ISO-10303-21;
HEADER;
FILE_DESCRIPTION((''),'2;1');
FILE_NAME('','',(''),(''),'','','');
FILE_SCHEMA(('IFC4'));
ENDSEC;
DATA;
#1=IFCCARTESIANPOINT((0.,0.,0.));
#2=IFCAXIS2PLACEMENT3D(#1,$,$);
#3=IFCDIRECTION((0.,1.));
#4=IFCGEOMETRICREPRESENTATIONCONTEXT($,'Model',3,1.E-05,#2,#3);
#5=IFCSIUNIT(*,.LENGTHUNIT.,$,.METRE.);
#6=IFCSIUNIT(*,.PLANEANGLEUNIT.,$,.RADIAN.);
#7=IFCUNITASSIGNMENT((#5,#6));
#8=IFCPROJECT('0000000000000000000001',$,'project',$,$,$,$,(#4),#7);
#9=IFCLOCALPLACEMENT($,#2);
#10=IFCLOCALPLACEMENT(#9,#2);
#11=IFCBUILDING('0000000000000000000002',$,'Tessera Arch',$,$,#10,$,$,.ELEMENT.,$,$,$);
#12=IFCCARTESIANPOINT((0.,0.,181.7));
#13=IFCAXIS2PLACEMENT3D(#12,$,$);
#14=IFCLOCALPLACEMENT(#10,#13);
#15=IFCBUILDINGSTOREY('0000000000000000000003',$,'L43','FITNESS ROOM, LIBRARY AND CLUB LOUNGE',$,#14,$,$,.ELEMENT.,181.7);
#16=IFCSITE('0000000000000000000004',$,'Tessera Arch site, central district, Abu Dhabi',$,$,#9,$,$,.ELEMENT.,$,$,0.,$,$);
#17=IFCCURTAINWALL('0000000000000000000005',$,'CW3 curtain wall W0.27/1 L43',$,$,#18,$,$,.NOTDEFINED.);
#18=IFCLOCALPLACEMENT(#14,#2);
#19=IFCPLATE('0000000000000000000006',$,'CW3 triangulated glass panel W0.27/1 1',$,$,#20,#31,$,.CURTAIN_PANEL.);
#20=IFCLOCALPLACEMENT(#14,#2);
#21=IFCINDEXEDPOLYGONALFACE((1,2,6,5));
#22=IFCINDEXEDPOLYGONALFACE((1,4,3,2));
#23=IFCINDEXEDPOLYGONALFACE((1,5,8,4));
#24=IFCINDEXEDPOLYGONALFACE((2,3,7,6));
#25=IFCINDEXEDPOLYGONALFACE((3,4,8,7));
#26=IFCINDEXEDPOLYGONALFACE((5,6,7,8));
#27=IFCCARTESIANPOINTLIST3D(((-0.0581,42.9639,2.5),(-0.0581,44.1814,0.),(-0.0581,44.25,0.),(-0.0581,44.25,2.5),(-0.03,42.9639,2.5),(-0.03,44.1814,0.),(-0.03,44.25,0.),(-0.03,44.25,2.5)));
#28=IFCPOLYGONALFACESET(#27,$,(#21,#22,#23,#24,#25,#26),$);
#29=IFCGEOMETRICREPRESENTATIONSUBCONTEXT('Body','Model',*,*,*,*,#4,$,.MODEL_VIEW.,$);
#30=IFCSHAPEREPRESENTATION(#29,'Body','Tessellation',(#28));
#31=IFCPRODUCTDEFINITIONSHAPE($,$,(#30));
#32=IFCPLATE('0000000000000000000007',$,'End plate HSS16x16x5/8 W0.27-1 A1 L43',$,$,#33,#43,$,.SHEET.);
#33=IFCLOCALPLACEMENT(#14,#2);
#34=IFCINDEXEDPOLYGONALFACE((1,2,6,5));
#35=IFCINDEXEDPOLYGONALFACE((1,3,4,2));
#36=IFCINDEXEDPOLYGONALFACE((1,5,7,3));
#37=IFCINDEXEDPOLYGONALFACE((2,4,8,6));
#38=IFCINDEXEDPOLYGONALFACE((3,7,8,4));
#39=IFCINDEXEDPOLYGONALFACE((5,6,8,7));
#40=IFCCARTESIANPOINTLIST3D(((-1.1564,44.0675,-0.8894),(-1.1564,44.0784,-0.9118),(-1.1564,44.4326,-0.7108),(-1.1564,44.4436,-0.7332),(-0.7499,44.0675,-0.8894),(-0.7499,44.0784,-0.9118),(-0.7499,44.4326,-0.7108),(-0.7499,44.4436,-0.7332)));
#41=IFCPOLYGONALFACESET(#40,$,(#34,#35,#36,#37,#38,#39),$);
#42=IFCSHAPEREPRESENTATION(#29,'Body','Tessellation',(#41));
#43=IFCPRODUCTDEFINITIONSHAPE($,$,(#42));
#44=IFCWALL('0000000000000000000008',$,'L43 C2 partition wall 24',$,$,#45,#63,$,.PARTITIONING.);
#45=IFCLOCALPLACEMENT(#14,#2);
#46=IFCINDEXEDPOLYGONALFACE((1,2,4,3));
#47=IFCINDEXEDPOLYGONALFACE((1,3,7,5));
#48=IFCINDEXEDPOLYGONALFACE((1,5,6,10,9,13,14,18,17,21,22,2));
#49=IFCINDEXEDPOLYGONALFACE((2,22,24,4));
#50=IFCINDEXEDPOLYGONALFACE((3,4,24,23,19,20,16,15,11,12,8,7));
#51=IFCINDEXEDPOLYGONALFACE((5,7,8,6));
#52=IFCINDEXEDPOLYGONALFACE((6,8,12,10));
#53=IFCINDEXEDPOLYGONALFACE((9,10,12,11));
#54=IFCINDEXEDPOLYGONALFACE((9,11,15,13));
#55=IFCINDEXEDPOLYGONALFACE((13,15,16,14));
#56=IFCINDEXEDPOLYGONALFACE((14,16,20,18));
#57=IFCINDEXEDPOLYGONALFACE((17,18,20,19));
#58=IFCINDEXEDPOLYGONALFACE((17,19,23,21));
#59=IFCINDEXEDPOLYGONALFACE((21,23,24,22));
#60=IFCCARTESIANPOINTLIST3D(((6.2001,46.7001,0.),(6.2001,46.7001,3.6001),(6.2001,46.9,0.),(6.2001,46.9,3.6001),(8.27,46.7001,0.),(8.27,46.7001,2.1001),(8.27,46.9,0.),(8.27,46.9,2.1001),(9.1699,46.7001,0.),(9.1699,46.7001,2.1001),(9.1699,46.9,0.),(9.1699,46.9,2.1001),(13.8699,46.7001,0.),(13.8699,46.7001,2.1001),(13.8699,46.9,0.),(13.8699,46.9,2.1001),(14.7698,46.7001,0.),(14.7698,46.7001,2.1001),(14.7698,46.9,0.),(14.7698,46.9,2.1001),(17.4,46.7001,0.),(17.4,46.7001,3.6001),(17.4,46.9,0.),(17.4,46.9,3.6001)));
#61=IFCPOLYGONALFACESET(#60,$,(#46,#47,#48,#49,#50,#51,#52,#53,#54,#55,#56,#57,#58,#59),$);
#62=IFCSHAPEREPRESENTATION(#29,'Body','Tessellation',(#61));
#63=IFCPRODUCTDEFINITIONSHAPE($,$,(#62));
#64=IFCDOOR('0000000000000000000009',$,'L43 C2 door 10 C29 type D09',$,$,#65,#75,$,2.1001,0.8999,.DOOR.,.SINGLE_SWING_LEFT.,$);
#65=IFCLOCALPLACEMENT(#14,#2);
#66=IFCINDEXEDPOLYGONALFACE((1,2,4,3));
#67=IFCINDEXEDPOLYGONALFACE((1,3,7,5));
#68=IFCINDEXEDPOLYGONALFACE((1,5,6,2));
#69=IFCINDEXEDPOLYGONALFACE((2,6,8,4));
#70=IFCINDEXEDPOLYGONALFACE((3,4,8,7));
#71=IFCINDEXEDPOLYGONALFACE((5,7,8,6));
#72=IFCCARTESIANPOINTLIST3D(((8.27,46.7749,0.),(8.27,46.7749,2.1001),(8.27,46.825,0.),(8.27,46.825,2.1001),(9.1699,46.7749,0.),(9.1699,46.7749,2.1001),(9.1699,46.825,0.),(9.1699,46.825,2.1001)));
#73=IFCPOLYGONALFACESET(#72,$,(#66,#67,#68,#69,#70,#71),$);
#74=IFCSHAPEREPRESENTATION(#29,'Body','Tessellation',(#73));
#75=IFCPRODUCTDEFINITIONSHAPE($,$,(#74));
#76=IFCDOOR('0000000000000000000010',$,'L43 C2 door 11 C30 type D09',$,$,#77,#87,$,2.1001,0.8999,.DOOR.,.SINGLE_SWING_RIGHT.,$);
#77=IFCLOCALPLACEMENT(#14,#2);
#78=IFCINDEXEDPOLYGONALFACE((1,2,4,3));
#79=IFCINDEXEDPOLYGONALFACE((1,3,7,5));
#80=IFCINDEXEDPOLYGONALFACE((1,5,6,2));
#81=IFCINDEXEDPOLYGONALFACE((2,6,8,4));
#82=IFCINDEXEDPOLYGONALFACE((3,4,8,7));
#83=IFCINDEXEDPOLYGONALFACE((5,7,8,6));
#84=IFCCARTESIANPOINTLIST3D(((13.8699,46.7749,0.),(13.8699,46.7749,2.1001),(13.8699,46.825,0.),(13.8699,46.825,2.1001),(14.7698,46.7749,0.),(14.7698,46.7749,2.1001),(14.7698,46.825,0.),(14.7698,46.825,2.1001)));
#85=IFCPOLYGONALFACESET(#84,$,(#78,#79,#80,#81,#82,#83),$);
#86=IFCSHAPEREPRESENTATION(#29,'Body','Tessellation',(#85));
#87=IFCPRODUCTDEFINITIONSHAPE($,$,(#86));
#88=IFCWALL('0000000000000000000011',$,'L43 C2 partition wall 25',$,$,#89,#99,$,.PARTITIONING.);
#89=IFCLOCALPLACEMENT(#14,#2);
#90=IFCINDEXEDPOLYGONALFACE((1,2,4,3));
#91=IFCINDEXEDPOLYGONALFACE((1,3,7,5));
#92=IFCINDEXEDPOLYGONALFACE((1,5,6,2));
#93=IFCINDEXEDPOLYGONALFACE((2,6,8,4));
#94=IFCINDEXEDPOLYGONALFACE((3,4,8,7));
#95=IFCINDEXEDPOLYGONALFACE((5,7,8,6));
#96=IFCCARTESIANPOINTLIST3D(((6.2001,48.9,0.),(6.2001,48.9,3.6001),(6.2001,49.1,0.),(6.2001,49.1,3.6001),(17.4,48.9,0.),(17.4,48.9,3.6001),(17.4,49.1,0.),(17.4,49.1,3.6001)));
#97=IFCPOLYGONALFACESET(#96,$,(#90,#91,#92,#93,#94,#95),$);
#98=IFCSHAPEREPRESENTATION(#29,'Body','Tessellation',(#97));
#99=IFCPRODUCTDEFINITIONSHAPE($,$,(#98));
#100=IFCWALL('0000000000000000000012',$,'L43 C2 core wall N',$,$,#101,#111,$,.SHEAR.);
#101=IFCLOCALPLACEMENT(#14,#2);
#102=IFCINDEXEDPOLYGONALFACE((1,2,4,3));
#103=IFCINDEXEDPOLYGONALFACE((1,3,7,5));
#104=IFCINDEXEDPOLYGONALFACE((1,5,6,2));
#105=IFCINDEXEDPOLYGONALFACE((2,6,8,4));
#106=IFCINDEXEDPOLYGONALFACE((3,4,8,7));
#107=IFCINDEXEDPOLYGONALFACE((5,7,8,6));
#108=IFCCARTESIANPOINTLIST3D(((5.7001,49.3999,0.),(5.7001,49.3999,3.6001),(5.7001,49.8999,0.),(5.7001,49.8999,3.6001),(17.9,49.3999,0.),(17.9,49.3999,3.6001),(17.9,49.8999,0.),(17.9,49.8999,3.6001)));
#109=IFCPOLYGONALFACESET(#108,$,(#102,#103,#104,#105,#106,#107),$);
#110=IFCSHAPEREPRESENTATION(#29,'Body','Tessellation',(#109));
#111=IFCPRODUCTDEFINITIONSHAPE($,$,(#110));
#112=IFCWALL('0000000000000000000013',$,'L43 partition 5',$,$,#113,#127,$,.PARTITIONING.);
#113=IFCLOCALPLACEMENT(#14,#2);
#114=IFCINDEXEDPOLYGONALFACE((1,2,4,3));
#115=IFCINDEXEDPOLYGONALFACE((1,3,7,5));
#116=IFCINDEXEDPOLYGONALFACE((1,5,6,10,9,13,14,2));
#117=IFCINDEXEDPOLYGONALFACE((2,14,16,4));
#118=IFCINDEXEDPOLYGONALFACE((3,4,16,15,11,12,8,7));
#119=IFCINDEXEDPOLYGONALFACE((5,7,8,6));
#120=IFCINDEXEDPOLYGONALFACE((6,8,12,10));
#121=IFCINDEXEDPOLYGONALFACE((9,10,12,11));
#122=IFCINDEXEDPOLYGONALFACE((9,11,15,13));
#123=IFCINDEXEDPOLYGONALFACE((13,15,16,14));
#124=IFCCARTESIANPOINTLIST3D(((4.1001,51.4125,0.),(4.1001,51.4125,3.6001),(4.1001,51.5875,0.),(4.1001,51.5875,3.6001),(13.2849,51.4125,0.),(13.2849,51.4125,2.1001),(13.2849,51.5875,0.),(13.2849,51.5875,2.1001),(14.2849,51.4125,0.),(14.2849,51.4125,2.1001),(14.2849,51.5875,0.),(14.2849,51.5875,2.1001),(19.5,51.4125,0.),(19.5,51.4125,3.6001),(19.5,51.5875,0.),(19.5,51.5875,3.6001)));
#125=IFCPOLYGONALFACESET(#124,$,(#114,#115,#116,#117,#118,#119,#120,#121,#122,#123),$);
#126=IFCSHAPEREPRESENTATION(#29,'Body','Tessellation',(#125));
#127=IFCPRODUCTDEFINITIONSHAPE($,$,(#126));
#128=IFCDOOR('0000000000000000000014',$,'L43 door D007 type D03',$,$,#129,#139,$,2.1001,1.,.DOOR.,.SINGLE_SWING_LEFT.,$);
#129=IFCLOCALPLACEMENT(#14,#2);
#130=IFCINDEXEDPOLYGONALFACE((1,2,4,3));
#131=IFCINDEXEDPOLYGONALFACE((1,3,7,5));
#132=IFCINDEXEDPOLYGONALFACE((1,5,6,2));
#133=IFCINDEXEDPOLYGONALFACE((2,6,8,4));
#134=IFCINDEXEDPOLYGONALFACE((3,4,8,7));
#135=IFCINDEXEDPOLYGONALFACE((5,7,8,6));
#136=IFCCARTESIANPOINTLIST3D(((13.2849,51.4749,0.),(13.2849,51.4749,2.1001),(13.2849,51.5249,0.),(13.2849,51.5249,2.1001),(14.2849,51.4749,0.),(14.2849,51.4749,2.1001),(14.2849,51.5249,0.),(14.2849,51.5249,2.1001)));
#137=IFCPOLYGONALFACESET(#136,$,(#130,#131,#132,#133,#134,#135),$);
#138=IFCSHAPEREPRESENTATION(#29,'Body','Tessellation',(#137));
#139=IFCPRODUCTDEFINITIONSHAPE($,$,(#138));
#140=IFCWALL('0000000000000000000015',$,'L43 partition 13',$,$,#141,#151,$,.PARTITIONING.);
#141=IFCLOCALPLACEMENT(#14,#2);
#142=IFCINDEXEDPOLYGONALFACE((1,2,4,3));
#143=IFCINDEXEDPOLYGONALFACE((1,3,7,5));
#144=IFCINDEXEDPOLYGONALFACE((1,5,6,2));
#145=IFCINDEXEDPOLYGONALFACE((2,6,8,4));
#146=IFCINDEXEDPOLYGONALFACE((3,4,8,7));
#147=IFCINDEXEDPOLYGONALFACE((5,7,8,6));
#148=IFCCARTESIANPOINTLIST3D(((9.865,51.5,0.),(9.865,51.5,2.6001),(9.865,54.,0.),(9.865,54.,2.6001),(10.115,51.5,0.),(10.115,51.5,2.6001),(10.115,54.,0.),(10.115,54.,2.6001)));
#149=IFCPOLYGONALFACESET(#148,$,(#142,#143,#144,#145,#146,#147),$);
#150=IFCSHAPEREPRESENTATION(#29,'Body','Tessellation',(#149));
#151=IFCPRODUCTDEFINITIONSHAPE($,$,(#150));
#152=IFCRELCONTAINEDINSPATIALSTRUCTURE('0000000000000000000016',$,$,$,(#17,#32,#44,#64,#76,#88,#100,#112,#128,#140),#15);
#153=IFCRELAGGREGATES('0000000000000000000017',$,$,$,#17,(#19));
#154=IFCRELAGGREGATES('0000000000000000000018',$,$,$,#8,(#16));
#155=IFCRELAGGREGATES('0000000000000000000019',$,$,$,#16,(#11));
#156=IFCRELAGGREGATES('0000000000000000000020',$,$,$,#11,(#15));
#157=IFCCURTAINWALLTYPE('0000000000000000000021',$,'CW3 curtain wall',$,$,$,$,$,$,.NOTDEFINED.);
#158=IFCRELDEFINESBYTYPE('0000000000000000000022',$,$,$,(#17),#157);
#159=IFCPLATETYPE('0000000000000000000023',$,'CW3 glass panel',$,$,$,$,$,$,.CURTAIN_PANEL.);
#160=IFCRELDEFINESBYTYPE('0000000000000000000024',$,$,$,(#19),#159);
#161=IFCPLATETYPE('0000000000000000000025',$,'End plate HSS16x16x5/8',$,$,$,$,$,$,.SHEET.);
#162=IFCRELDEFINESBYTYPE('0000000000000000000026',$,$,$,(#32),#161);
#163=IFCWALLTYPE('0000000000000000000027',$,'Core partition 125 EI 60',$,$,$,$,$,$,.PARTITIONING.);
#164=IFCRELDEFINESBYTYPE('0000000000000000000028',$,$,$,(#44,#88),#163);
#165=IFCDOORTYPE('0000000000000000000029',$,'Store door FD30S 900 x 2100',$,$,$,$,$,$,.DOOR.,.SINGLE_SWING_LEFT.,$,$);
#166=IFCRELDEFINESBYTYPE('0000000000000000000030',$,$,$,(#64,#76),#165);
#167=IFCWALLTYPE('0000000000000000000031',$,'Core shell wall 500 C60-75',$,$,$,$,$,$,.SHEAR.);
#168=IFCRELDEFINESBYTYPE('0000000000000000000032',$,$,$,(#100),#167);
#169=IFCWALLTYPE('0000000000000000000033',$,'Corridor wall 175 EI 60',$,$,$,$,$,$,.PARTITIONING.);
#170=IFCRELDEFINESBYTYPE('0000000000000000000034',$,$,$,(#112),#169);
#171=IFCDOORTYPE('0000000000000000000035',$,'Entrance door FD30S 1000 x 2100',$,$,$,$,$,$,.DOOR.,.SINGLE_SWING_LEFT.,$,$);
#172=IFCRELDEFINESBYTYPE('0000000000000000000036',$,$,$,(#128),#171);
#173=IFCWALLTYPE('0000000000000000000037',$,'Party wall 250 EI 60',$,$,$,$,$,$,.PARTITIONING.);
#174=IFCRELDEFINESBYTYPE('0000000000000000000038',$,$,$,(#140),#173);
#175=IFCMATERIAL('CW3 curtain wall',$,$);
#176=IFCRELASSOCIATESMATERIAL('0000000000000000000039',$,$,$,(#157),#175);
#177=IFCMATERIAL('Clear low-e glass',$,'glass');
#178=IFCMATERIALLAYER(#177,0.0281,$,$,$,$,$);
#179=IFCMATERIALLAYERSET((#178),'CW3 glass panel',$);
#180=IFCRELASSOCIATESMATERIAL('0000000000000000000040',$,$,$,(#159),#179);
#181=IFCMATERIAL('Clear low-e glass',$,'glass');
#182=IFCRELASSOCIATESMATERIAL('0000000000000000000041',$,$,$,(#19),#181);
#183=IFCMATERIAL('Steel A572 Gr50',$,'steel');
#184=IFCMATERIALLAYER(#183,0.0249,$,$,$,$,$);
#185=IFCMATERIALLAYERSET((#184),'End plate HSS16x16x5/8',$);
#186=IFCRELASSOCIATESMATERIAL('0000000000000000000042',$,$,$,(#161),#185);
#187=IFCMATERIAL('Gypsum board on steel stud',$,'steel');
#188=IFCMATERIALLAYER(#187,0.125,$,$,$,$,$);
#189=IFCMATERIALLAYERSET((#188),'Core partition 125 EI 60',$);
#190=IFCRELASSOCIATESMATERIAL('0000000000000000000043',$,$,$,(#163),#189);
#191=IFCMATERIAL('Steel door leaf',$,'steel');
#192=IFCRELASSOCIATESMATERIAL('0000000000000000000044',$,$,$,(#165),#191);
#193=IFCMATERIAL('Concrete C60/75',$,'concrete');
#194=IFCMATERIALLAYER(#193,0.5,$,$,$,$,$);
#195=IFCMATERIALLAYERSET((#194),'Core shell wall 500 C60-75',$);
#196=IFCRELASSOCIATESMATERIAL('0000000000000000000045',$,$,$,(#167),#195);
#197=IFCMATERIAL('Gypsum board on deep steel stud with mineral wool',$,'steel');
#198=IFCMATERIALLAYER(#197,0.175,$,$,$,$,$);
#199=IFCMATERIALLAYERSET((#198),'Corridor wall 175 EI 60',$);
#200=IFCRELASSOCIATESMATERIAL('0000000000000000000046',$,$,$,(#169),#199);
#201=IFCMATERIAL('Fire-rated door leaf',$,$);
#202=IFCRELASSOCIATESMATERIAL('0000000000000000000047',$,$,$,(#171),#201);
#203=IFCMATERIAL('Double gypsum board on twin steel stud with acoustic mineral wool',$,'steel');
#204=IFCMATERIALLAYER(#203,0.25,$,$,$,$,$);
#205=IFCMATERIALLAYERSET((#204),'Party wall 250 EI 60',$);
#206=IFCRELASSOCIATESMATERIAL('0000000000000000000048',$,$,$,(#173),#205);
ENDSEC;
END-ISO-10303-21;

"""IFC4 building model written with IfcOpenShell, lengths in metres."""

from ifc_helpers import new_model, si_unit, direction, frame, frame_2d, origin, origin_2d, place, context, subcontext, project, spatial, polyline, rectangle, outline, extrude, material, layer, layer_set, type_object, element, fill, aggregate, save


model = new_model("IFC4")

# Units and contexts
model_context = context("Model", 3, precision=1e-05, world=origin(), true_north=direction((0.0, 1.0)))
body_context = subcontext(model_context, "Body", "Model", "MODEL_VIEW")
ifc_project = project(units=[si_unit("LENGTHUNIT", "METRE"), si_unit("PLANEANGLEUNIT", "RADIAN")], contexts=[model_context])

# Site, building, storey
site_placement = place(None, origin())
site = spatial("IfcSite", under=ifc_project, at=site_placement, Name="Tessera Arch site, central district, Abu Dhabi", CompositionType="ELEMENT", RefElevation=0.0)
building_placement = place(site_placement, origin())
building = spatial("IfcBuilding", under=site, at=building_placement, Name="Tessera Arch", CompositionType="ELEMENT")
storey_placement = place(building_placement, frame((0.0, 0.0, 181.7)))
storey = spatial("IfcBuildingStorey", under=building, at=storey_placement, Name="L43", Description="FITNESS ROOM, LIBRARY AND CLUB LOUNGE", CompositionType="ELEMENT", Elevation=181.7)

# Curtain wall
ifc_material_1 = material(Name="CW3 curtain wall")
curtain_wall_type_1 = type_object("IfcCurtainWallType", Name="CW3 curtain wall", PredefinedType="NOTDEFINED", material=ifc_material_1)
curtain_wall_1_placement = place(storey_placement, origin())
curtain_wall_1 = element("IfcCurtainWall", 1, at=curtain_wall_1_placement, inside=storey, type_object=curtain_wall_type_1, Name="CW3 curtain wall W0.27/1 L43", PredefinedType="NOTDEFINED")

# Plates
ifc_material_2 = material(Name="Clear low-e glass", Category="glass")
ifc_material_3 = material(Name="Clear low-e glass", Category="glass")
ifc_layer_1 = layer(ifc_material_3, 0.0281)
ifc_layer_set_1 = layer_set([ifc_layer_1], Name="CW3 glass panel")
plate_type_1 = type_object("IfcPlateType", Name="CW3 glass panel", PredefinedType="CURTAIN_PANEL", material=ifc_layer_set_1)
plate_1_placement = place(storey_placement, frame((-0.0581, 44.25, 0.0), z_axis=(-1.0, 0.0, 0.0), x_axis=(0.0, -1.0, 0.0)))
plate_1 = element("IfcPlate", 2, at=plate_1_placement, type_object=plate_type_1, material=ifc_material_2, Name="CW3 triangulated glass panel W0.27/1 1", PredefinedType="CURTAIN_PANEL", context=body_context, shape_type="SweptSolid", body=[
    extrude(outline(polyline([(0.0, 0.0), (0.0686, 0.0), (1.2861, 2.5), (0.0, 2.5), (0.0, 0.0)])), origin(), (0.0, 0.0, -1.0), 0.0281),
])
aggregate(curtain_wall_1, [plate_1])
ifc_material_4 = material(Name="Steel A572 Gr50", Category="steel")
ifc_layer_2 = layer(ifc_material_4, 0.0249)
ifc_layer_set_2 = layer_set([ifc_layer_2], Name="End plate HSS16x16x5/8")
plate_type_2 = type_object("IfcPlateType", Name="End plate HSS16x16x5/8", PredefinedType="SHEET", material=ifc_layer_set_2)
plate_2_placement = place(storey_placement, frame((-0.9531, 44.261, -0.8225), z_axis=(0.0, -0.439385, 0.898299), x_axis=(1.0, 0.0, 0.0)))
element("IfcPlate", 3, at=plate_2_placement, inside=storey, type_object=plate_type_2, Name="End plate HSS16x16x5/8 W0.27-1 A1 L43", PredefinedType="SHEET", context=body_context, shape_type="SweptSolid", body=[
    extrude(rectangle(XDim=0.4065, YDim=0.4065, at=origin_2d()), origin(), (0.0, 0.0, 1.0), 0.0249),
])

# Wall, openings, doors
ifc_material_5 = material(Name="Gypsum board on steel stud", Category="steel")
ifc_layer_3 = layer(ifc_material_5, 0.125)
ifc_layer_set_3 = layer_set([ifc_layer_3], Name="Core partition 125 EI 60")
wall_type_1 = type_object("IfcWallType", Name="Core partition 125 EI 60", PredefinedType="PARTITIONING", material=ifc_layer_set_3)
wall_1_placement = place(storey_placement, frame((6.2, 46.8, 0.0), z_axis=(0.0, 0.0, 1.0), x_axis=(1.0, 0.0, 0.0)))
wall_1 = element("IfcWall", 4, at=wall_1_placement, inside=storey, type_object=wall_type_1, Name="L43 C2 partition wall 24", PredefinedType="PARTITIONING", context=body_context, shape_type="SweptSolid", body=[
    extrude(rectangle(XDim=11.2, YDim=0.2, at=frame_2d((5.6001, 0.0))), origin(), (0.0, 0.0, 1.0), 3.6001),
])
opening_1_placement = place(wall_1_placement, frame((2.0701, 0.0, 0.0)))
opening_1 = element("IfcOpeningElement", 5, at=opening_1_placement, cuts=wall_1, PredefinedType="OPENING", context=body_context, shape_type="SweptSolid", body=[
    extrude(rectangle(XDim=0.8999, YDim=2.1001, at=frame_2d((0.45, 1.05))), frame((0.0, 0.1099, 0.0), z_axis=(0.0, -1.0, 0.0), x_axis=(1.0, 0.0, 0.0)), (0.0, 0.0, 1.0), 0.22),
])
opening_2_placement = place(wall_1_placement, frame((7.6699, 0.0, 0.0)))
opening_2 = element("IfcOpeningElement", 6, at=opening_2_placement, cuts=wall_1, PredefinedType="OPENING", context=body_context, shape_type="SweptSolid", body=[
    extrude(rectangle(XDim=0.8999, YDim=2.1001, at=frame_2d((0.45, 1.05))), frame((0.0, 0.1099, 0.0), z_axis=(0.0, -1.0, 0.0), x_axis=(1.0, 0.0, 0.0)), (0.0, 0.0, 1.0), 0.22),
])
ifc_material_6 = material(Name="Steel door leaf", Category="steel")
door_type_1 = type_object("IfcDoorType", Name="Store door FD30S 900 x 2100", OperationType="SINGLE_SWING_LEFT", PredefinedType="DOOR", material=ifc_material_6)
door_1_placement = place(opening_1_placement, origin())
door_1 = element("IfcDoor", 7, at=door_1_placement, inside=storey, type_object=door_type_1, Name="L43 C2 door 10 C29 type D09", OperationType="SINGLE_SWING_LEFT", OverallHeight=2.1001, OverallWidth=0.8999, PredefinedType="DOOR", context=body_context, shape_type="SweptSolid", body=[
    extrude(rectangle(XDim=0.8999, YDim=2.1001, at=frame_2d((0.45, 1.05))), frame((0.0, 0.0249, 0.0), z_axis=(0.0, -1.0, 0.0), x_axis=(1.0, 0.0, 0.0)), (0.0, 0.0, 1.0), 0.05),
])
fill(opening_1, door_1)
door_2_placement = place(opening_2_placement, origin())
door_2 = element("IfcDoor", 8, at=door_2_placement, inside=storey, type_object=door_type_1, Name="L43 C2 door 11 C30 type D09", OperationType="SINGLE_SWING_RIGHT", OverallHeight=2.1001, OverallWidth=0.8999, PredefinedType="DOOR", context=body_context, shape_type="SweptSolid", body=[
    extrude(rectangle(XDim=0.8999, YDim=2.1001, at=frame_2d((0.45, 1.05))), frame((0.0, 0.0249, 0.0), z_axis=(0.0, -1.0, 0.0), x_axis=(1.0, 0.0, 0.0)), (0.0, 0.0, 1.0), 0.05),
])
fill(opening_2, door_2)

# Walls
wall_2_placement = place(storey_placement, frame((6.2, 49.0, 0.0), z_axis=(0.0, 0.0, 1.0), x_axis=(1.0, 0.0, 0.0)))
element("IfcWall", 9, at=wall_2_placement, inside=storey, type_object=wall_type_1, Name="L43 C2 partition wall 25", PredefinedType="PARTITIONING", context=body_context, shape_type="SweptSolid", body=[
    extrude(rectangle(XDim=11.2, YDim=0.2, at=frame_2d((5.6001, 0.0))), origin(), (0.0, 0.0, 1.0), 3.6001),
])
ifc_material_7 = material(Name="Concrete C60/75", Category="concrete")
ifc_layer_4 = layer(ifc_material_7, 0.5)
ifc_layer_set_4 = layer_set([ifc_layer_4], Name="Core shell wall 500 C60-75")
wall_type_2 = type_object("IfcWallType", Name="Core shell wall 500 C60-75", PredefinedType="SHEAR", material=ifc_layer_set_4)
wall_3_placement = place(storey_placement, frame((5.7, 49.6499, 0.0), z_axis=(0.0, 0.0, 1.0), x_axis=(1.0, 0.0, 0.0)))
element("IfcWall", 10, at=wall_3_placement, inside=storey, type_object=wall_type_2, Name="L43 C2 core wall N", PredefinedType="SHEAR", context=body_context, shape_type="SweptSolid", body=[
    extrude(rectangle(XDim=12.2, YDim=0.5, at=frame_2d((6.1001, 0.0))), origin(), (0.0, 0.0, 1.0), 3.6001),
])

# Wall, opening, door
ifc_material_8 = material(Name="Gypsum board on deep steel stud with mineral wool", Category="steel")
ifc_layer_5 = layer(ifc_material_8, 0.175)
ifc_layer_set_5 = layer_set([ifc_layer_5], Name="Corridor wall 175 EI 60")
wall_type_3 = type_object("IfcWallType", Name="Corridor wall 175 EI 60", PredefinedType="PARTITIONING", material=ifc_layer_set_5)
wall_4_placement = place(storey_placement, frame((4.1001, 51.5, 0.0), z_axis=(0.0, 0.0, 1.0), x_axis=(1.0, 0.0, 0.0)))
wall_4 = element("IfcWall", 11, at=wall_4_placement, inside=storey, type_object=wall_type_3, Name="L43 partition 5", PredefinedType="PARTITIONING", context=body_context, shape_type="SweptSolid", body=[
    extrude(rectangle(XDim=15.3999, YDim=0.175, at=frame_2d((7.7, 0.0))), origin(), (0.0, 0.0, 1.0), 3.6001),
])
opening_3_placement = place(wall_4_placement, frame((9.1848, 0.0, 0.0)))
opening_3 = element("IfcOpeningElement", 12, at=opening_3_placement, cuts=wall_4, PredefinedType="OPENING", context=body_context, shape_type="SweptSolid", body=[
    extrude(rectangle(XDim=1.0, YDim=2.1001, at=frame_2d((0.5, 1.05))), frame((0.0, 0.0974, 0.0), z_axis=(0.0, -1.0, 0.0), x_axis=(1.0, 0.0, 0.0)), (0.0, 0.0, 1.0), 0.1951),
])
ifc_material_9 = material(Name="Fire-rated door leaf")
door_type_2 = type_object("IfcDoorType", Name="Entrance door FD30S 1000 x 2100", OperationType="SINGLE_SWING_LEFT", PredefinedType="DOOR", material=ifc_material_9)
door_3_placement = place(opening_3_placement, origin())
door_3 = element("IfcDoor", 13, at=door_3_placement, inside=storey, type_object=door_type_2, Name="L43 door D007 type D03", OperationType="SINGLE_SWING_LEFT", OverallHeight=2.1001, OverallWidth=1.0, PredefinedType="DOOR", context=body_context, shape_type="SweptSolid", body=[
    extrude(rectangle(XDim=1.0, YDim=2.1001, at=frame_2d((0.5, 1.05))), frame((0.0, 0.0249, 0.0), z_axis=(0.0, -1.0, 0.0), x_axis=(1.0, 0.0, 0.0)), (0.0, 0.0, 1.0), 0.05),
])
fill(opening_3, door_3)

# Wall
ifc_material_10 = material(Name="Double gypsum board on twin steel stud with acoustic mineral wool", Category="steel")
ifc_layer_6 = layer(ifc_material_10, 0.25)
ifc_layer_set_6 = layer_set([ifc_layer_6], Name="Party wall 250 EI 60")
wall_type_4 = type_object("IfcWallType", Name="Party wall 250 EI 60", PredefinedType="PARTITIONING", material=ifc_layer_set_6)
wall_5_placement = place(storey_placement, frame((9.99, 51.5, 0.0), z_axis=(0.0, 0.0, 1.0), x_axis=(0.0, 1.0, 0.0)))
element("IfcWall", 14, at=wall_5_placement, inside=storey, type_object=wall_type_4, Name="L43 partition 13", PredefinedType="PARTITIONING", context=body_context, shape_type="SweptSolid", body=[
    extrude(rectangle(XDim=2.5, YDim=0.25, at=frame_2d((1.25, 0.0))), origin(), (0.0, 0.0, 1.0), 2.6001),
])

save(model, "model.ifc")
